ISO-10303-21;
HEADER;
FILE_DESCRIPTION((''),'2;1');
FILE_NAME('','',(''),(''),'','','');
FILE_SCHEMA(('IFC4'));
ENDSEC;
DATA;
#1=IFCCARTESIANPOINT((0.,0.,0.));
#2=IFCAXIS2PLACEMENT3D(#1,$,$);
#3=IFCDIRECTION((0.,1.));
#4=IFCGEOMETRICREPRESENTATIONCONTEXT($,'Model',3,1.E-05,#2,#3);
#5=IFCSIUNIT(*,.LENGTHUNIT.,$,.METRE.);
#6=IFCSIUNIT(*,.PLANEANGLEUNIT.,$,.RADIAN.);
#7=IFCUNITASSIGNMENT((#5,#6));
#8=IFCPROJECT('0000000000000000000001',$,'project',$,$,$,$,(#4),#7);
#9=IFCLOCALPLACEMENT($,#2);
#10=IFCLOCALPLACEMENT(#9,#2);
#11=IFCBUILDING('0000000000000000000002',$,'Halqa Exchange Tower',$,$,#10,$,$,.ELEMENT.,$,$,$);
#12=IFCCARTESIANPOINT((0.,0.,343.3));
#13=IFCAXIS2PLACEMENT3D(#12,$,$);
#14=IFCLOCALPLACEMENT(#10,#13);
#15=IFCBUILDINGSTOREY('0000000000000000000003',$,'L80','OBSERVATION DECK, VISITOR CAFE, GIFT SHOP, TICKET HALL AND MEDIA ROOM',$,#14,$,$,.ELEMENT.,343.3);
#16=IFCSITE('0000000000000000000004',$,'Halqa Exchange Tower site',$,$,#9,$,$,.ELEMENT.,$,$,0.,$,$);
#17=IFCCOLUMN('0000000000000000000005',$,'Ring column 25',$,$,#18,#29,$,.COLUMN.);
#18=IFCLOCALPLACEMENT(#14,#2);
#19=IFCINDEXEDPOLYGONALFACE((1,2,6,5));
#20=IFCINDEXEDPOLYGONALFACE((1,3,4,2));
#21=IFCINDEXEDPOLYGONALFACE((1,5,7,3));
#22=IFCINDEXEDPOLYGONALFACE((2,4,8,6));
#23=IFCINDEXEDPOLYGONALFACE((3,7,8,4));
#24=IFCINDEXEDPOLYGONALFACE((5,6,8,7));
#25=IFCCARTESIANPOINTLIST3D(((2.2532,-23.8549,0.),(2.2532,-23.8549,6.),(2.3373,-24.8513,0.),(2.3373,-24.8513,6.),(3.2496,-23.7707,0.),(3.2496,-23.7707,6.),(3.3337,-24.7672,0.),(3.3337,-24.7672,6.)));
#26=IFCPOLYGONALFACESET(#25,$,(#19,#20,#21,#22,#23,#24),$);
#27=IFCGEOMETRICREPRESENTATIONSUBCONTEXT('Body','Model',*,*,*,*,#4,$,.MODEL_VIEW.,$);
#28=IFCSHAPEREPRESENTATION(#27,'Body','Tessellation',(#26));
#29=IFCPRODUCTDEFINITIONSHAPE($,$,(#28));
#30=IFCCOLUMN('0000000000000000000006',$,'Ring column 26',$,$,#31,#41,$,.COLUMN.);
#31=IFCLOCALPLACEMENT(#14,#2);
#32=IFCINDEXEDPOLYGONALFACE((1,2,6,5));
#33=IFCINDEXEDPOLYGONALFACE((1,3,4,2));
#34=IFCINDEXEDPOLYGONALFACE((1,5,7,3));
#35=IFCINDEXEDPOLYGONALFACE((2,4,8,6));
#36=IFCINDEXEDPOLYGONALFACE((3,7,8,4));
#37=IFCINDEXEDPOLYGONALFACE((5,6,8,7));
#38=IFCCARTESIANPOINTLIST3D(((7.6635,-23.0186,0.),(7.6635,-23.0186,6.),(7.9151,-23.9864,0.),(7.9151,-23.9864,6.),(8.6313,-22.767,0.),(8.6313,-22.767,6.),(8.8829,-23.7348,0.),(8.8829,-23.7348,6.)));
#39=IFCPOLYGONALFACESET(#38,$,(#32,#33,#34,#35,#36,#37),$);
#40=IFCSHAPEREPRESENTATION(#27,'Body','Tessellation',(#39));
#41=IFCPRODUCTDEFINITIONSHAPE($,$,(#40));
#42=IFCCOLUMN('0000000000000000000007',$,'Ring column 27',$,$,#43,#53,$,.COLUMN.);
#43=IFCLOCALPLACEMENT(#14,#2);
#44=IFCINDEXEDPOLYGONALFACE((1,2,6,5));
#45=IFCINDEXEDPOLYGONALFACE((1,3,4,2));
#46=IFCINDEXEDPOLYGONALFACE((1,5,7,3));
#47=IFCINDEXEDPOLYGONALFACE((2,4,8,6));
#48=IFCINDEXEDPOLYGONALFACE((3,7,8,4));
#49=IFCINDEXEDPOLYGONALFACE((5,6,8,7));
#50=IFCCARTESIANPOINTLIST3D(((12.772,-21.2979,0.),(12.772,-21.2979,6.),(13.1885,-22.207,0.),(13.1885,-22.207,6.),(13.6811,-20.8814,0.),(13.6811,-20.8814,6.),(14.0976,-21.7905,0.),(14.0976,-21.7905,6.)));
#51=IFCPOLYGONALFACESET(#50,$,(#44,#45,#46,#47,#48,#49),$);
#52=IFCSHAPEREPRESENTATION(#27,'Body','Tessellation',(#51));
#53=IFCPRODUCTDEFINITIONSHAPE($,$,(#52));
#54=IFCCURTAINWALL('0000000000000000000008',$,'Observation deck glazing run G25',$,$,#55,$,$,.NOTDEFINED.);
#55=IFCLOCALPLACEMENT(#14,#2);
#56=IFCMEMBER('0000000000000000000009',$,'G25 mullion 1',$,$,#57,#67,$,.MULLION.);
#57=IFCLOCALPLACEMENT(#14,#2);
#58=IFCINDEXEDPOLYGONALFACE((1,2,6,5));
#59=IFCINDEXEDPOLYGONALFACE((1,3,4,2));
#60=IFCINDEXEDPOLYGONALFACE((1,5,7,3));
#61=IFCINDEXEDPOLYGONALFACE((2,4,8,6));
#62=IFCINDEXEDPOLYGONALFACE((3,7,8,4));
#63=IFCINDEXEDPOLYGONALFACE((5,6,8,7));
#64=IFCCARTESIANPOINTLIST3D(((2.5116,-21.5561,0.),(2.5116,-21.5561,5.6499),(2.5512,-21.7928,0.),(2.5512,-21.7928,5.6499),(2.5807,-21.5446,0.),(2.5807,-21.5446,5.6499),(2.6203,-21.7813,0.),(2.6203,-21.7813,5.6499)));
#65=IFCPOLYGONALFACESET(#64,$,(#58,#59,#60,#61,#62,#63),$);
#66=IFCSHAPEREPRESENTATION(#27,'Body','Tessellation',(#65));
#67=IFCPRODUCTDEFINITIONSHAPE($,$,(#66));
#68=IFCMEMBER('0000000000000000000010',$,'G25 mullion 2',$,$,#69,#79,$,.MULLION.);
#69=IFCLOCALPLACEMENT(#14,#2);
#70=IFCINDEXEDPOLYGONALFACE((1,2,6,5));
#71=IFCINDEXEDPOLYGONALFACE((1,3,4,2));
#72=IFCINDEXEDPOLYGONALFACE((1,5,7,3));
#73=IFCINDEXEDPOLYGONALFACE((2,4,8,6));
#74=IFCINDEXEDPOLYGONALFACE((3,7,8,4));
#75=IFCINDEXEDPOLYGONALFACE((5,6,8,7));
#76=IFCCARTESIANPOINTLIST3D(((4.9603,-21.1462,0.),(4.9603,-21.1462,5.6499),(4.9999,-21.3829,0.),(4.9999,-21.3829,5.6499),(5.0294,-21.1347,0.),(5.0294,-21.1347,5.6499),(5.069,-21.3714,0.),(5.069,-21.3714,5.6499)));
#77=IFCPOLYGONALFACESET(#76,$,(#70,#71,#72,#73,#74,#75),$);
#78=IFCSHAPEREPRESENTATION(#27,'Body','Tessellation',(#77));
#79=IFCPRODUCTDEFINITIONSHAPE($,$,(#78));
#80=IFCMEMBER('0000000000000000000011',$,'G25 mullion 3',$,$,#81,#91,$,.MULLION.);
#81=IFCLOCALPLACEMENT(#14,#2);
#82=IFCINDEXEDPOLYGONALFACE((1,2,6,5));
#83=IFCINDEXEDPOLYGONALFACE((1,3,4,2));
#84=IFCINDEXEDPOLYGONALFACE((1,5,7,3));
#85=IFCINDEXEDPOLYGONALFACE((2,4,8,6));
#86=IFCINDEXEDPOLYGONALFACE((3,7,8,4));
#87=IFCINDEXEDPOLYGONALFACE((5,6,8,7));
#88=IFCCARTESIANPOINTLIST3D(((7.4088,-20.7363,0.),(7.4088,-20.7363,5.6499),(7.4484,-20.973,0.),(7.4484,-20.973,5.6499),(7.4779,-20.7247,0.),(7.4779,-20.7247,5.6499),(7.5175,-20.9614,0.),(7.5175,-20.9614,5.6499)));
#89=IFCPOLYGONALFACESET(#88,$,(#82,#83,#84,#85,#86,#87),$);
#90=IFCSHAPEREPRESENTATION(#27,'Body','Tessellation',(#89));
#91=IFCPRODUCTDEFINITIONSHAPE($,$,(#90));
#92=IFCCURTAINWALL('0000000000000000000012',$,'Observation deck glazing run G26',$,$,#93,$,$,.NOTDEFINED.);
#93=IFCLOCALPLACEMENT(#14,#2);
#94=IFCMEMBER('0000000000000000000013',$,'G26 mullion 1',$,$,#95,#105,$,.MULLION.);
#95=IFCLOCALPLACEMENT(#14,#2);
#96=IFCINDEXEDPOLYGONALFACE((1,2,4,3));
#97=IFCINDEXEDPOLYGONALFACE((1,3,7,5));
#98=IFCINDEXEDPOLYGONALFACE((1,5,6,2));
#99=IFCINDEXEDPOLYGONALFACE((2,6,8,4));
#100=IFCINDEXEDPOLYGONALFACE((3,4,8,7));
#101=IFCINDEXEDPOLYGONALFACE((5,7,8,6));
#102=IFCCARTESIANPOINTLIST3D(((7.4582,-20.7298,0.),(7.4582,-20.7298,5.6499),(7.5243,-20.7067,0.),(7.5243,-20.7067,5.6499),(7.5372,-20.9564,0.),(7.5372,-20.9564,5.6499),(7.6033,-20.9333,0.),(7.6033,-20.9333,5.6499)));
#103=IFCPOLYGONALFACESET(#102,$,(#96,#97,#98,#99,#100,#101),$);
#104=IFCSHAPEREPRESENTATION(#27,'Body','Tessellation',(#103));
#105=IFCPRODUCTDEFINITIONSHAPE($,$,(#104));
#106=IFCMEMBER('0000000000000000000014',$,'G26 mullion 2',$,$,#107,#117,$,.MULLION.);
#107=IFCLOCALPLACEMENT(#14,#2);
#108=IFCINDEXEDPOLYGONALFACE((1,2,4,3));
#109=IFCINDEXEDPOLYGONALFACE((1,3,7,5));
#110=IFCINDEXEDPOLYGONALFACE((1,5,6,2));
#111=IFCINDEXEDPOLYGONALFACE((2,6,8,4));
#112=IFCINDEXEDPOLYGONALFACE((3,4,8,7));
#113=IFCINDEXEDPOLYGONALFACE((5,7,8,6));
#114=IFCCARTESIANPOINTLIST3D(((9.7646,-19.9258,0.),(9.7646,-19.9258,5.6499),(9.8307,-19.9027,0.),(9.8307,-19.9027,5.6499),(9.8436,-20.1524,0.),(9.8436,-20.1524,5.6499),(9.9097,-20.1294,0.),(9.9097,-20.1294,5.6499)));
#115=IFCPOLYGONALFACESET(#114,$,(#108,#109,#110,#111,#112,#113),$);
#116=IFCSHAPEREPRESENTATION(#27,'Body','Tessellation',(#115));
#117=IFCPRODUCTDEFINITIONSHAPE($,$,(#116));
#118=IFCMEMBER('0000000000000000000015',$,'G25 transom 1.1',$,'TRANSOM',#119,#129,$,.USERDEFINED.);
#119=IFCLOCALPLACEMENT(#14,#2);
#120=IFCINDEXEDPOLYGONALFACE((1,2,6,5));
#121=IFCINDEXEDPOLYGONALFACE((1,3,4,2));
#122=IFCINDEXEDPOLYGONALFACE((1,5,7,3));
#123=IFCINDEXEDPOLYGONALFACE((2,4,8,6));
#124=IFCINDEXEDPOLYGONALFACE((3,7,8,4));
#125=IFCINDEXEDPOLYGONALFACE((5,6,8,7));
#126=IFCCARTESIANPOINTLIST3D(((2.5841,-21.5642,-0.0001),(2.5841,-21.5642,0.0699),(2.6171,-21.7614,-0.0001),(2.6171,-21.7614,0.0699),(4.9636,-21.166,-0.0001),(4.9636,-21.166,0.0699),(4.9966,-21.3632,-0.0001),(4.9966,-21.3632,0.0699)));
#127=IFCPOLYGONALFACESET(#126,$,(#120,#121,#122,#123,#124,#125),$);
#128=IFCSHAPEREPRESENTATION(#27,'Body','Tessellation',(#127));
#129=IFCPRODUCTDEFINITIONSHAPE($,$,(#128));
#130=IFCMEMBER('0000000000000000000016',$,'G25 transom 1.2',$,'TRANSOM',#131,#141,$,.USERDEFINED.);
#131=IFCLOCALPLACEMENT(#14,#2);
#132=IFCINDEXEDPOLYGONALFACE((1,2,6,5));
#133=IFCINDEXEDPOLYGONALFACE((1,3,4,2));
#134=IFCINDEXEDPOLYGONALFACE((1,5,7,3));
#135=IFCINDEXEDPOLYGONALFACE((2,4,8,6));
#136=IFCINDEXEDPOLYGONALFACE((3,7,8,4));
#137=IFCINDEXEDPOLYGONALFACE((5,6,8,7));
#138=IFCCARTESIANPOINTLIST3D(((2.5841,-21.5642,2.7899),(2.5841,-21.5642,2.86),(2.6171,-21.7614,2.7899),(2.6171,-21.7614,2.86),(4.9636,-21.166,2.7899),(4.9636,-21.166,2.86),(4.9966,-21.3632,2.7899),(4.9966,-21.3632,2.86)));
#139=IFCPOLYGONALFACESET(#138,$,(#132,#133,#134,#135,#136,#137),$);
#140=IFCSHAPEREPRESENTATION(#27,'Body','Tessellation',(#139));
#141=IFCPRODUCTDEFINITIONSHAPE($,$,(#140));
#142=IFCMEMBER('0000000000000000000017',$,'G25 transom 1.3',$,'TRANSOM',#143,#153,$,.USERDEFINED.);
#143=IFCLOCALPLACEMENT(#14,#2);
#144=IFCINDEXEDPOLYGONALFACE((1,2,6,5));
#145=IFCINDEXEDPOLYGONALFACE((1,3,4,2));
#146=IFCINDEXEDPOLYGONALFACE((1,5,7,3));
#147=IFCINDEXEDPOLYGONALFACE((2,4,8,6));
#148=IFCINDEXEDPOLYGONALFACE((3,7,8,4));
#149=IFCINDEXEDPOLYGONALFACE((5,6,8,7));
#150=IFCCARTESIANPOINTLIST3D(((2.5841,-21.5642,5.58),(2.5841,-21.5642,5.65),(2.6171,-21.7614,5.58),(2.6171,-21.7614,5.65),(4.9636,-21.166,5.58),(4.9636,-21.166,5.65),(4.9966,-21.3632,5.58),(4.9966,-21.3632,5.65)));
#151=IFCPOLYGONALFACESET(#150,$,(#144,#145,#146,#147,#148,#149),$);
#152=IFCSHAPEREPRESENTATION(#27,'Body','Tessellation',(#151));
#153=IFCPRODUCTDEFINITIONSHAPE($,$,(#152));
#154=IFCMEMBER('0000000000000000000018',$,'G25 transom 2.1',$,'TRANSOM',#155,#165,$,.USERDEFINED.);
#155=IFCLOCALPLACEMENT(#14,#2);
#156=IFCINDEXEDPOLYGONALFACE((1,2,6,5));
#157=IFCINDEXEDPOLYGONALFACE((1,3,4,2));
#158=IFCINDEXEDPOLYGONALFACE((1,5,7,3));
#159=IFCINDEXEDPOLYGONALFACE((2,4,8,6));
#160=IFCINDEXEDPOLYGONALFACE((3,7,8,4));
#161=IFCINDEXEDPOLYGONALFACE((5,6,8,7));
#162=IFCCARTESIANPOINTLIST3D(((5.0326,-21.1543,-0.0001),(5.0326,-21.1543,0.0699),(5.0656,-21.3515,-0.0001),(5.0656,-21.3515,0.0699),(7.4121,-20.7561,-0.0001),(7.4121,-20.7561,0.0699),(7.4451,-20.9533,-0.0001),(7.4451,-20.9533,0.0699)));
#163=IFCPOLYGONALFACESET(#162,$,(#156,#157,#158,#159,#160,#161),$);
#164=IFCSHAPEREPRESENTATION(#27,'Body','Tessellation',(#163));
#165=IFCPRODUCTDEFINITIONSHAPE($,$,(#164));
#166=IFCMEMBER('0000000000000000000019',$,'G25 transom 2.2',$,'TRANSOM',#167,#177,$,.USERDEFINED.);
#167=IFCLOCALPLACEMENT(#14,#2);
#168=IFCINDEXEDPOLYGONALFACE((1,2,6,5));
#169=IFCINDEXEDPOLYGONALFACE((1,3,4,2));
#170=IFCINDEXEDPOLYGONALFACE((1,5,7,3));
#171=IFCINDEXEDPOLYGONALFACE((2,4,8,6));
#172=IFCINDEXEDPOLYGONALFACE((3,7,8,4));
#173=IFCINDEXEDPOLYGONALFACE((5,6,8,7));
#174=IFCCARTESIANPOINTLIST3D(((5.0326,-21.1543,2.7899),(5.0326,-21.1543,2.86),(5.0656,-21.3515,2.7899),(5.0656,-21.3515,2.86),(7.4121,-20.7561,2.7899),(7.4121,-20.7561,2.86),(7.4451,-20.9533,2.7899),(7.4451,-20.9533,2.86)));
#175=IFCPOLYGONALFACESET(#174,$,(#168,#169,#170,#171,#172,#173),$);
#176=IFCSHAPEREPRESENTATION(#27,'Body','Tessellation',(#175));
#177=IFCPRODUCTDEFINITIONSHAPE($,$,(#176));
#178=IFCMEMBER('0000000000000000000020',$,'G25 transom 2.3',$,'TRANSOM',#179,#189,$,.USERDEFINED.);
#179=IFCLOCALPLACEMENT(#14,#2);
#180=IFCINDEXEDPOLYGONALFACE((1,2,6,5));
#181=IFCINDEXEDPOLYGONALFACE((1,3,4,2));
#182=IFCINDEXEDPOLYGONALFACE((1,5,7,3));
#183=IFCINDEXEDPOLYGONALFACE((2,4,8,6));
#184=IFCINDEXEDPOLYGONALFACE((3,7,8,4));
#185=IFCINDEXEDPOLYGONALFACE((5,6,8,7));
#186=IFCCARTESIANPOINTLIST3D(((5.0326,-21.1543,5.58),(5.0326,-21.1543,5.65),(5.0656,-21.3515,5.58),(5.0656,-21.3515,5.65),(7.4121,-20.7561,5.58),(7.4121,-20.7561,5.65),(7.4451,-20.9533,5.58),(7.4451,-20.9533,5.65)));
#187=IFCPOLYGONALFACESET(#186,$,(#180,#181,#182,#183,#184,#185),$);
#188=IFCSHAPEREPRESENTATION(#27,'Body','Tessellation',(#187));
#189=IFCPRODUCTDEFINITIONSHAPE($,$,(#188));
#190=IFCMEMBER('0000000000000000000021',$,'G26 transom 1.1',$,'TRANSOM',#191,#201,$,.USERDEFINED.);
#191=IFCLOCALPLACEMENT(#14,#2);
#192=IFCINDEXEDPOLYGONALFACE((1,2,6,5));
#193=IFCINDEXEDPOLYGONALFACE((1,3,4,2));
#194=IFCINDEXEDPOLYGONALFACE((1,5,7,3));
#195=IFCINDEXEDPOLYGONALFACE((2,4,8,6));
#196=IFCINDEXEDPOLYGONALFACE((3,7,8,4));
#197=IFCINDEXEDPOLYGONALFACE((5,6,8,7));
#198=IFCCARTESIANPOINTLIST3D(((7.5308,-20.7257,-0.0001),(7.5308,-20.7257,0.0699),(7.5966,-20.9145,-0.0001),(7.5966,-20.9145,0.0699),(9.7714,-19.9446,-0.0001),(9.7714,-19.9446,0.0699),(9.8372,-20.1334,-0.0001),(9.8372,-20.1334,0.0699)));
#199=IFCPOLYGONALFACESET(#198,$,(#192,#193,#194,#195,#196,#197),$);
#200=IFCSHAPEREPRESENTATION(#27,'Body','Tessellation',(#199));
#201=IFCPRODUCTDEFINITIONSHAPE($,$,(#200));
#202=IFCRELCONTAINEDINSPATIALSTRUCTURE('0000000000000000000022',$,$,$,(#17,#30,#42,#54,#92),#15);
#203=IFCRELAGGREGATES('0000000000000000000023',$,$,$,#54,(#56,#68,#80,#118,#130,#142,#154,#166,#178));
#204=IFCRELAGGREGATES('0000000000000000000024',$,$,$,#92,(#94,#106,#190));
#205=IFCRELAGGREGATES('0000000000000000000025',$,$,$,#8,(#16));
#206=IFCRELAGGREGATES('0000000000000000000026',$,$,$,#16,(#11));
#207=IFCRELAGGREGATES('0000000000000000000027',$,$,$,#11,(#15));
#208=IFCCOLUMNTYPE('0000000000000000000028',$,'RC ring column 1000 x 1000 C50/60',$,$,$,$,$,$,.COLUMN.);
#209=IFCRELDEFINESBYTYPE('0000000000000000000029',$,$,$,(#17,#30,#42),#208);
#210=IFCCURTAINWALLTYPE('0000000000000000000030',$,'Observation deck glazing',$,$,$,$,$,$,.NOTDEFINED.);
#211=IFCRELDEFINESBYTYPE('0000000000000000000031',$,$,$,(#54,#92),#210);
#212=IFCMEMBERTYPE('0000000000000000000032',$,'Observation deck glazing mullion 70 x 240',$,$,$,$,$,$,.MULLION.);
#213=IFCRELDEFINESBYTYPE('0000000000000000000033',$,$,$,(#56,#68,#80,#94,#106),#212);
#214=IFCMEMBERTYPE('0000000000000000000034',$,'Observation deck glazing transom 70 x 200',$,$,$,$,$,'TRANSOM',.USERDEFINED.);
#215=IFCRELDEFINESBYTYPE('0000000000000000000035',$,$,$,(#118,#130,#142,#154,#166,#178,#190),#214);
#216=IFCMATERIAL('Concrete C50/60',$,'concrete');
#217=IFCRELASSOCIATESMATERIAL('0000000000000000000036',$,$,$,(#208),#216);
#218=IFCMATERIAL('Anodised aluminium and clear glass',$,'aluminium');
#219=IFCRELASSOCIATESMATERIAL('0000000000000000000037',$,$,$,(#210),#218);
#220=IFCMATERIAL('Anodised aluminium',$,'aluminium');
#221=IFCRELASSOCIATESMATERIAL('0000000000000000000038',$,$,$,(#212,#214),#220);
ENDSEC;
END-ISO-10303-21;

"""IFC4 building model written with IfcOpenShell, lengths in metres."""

from ifc_helpers import new_model, si_unit, direction, frame, origin, origin_2d, place, context, subcontext, project, spatial, rectangle, extrude, material, material_profile, profile_set, type_object, element, aggregate, save


model = new_model("IFC4")

# Units and contexts
model_context = context("Model", 3, precision=1e-05, world=origin(), true_north=direction((0.0, 1.0)))
body_context = subcontext(model_context, "Body", "Model", "MODEL_VIEW")
ifc_project = project(units=[si_unit("LENGTHUNIT", "METRE"), si_unit("PLANEANGLEUNIT", "RADIAN")], contexts=[model_context])

# Site, building, storey
site_placement = place(None, origin())
site = spatial("IfcSite", under=ifc_project, at=site_placement, Name="Halqa Exchange Tower site", CompositionType="ELEMENT", RefElevation=0.0)
building_placement = place(site_placement, origin())
building = spatial("IfcBuilding", under=site, at=building_placement, Name="Halqa Exchange Tower", CompositionType="ELEMENT")
storey_placement = place(building_placement, frame((0.0, 0.0, 343.3)))
storey = spatial("IfcBuildingStorey", under=building, at=storey_placement, Name="L80", Description="OBSERVATION DECK, VISITOR CAFE, GIFT SHOP, TICKET HALL AND MEDIA ROOM", CompositionType="ELEMENT", Elevation=343.3)

# Columns
ifc_material_1 = material(Name="Concrete C50/60", Category="concrete")
ifc_material_profile_1 = material_profile(ifc_material_1, rectangle(XDim=1.0, YDim=1.0, at=origin_2d()), Name="1000 x 1000")
ifc_profile_set_1 = profile_set([ifc_material_profile_1], Name="Concrete C50/60")
column_type = type_object("IfcColumnType", Name="RC ring column 1000 x 1000 C50/60", PredefinedType="COLUMN", material=ifc_profile_set_1)
for number, where, z_axis, x_axis, name in (
    (1, (2.7935, -24.311, 0.0), (0.0, 0.0, 1.0), (0.996455, 0.084127, 0.0), "Ring column 25"),
    (2, (8.2732, -23.3767, 0.0), (0.0, 0.0, 1.0), (0.967819, 0.251647, 0.0), "Ring column 26"),
    (3, (13.4348, -21.5442, 0.0), (0.0, 0.0, 1.0), (0.909129, 0.416516, 0.0), "Ring column 27"),
):
    element("IfcColumn", number, at=place(storey_placement, frame(where, z_axis=z_axis, x_axis=x_axis)), inside=storey, type_object=column_type, Name=name, PredefinedType="COLUMN", context=body_context, shape_type="SweptSolid", body=[
        extrude(rectangle(XDim=1.0, YDim=1.0, at=origin_2d()), origin(), (0.0, 0.0, 1.0), 6.0),
    ])

# Curtain walls, members
ifc_material_2 = material(Name="Anodised aluminium and clear glass", Category="aluminium")
curtain_wall_type = type_object("IfcCurtainWallType", Name="Observation deck glazing", PredefinedType="NOTDEFINED", material=ifc_material_2)
curtain_wall_1_placement = place(storey_placement, origin())
curtain_wall_1 = element("IfcCurtainWall", 4, at=curtain_wall_1_placement, inside=storey, type_object=curtain_wall_type, Name="Observation deck glazing run G25", PredefinedType="NOTDEFINED")
ifc_material_3 = material(Name="Anodised aluminium", Category="aluminium")
ifc_material_profile_2 = material_profile(ifc_material_3, rectangle(XDim=0.24, YDim=0.0701, at=origin_2d()), Name="AL 70x240")
ifc_profile_set_2 = profile_set([ifc_material_profile_2], Name="Anodised aluminium")
member_type_1 = type_object("IfcMemberType", Name="Observation deck glazing mullion 70 x 240", PredefinedType="MULLION", material=ifc_profile_set_2)
member_1_placement = place(storey_placement, frame((2.5659, -21.6687, 0.0), z_axis=(0.0, 0.0, 1.0), x_axis=(-0.165117, 0.986274, 0.0)))
member_1 = element("IfcMember", 5, at=member_1_placement, type_object=member_type_1, Name="G25 mullion 1", PredefinedType="MULLION", context=body_context, shape_type="SweptSolid", body=[
    extrude(rectangle(XDim=0.24, YDim=0.0701, at=origin_2d()), origin(), (0.0, 0.0, 1.0), 5.6499),
])
member_2_placement = place(storey_placement, frame((5.0146, -21.2588, 0.0), z_axis=(0.0, 0.0, 1.0), x_axis=(-0.165117, 0.986274, 0.0)))
member_2 = element("IfcMember", 6, at=member_2_placement, type_object=member_type_1, Name="G25 mullion 2", PredefinedType="MULLION", context=body_context, shape_type="SweptSolid", body=[
    extrude(rectangle(XDim=0.24, YDim=0.0701, at=origin_2d()), origin(), (0.0, 0.0, 1.0), 5.6499),
])
member_3_placement = place(storey_placement, frame((7.4631, -20.8489, 0.0), z_axis=(0.0, 0.0, 1.0), x_axis=(-0.165117, 0.986274, 0.0)))
member_3 = element("IfcMember", 7, at=member_3_placement, type_object=member_type_1, Name="G25 mullion 3", PredefinedType="MULLION", context=body_context, shape_type="SweptSolid", body=[
    extrude(rectangle(XDim=0.24, YDim=0.0701, at=origin_2d()), origin(), (0.0, 0.0, 1.0), 5.6499),
])
curtain_wall_2_placement = place(storey_placement, origin())
curtain_wall_2 = element("IfcCurtainWall", 8, at=curtain_wall_2_placement, inside=storey, type_object=curtain_wall_type, Name="Observation deck glazing run G26", PredefinedType="NOTDEFINED")
member_4_placement = place(storey_placement, frame((7.5308, -20.8315, 0.0), z_axis=(0.0, 0.0, 1.0), x_axis=(-0.32916, 0.944274, 0.0)))
member_4 = element("IfcMember", 9, at=member_4_placement, type_object=member_type_1, Name="G26 mullion 1", PredefinedType="MULLION", context=body_context, shape_type="SweptSolid", body=[
    extrude(rectangle(XDim=0.24, YDim=0.0701, at=origin_2d()), origin(), (0.0, 0.0, 1.0), 5.6499),
])
member_5_placement = place(storey_placement, frame((9.8372, -20.0276, 0.0), z_axis=(0.0, 0.0, 1.0), x_axis=(-0.32916, 0.944274, 0.0)))
member_5 = element("IfcMember", 10, at=member_5_placement, type_object=member_type_1, Name="G26 mullion 2", PredefinedType="MULLION", context=body_context, shape_type="SweptSolid", body=[
    extrude(rectangle(XDim=0.24, YDim=0.0701, at=origin_2d()), origin(), (0.0, 0.0, 1.0), 5.6499),
])

# Members
ifc_material_profile_3 = material_profile(ifc_material_3, rectangle(XDim=0.2, YDim=0.0701, at=origin_2d()), Name="AL 70x200")
ifc_profile_set_3 = profile_set([ifc_material_profile_3], Name="Anodised aluminium")
member_type_2 = type_object("IfcMemberType", Name="Observation deck glazing transom 70 x 200", ElementType="TRANSOM", PredefinedType="USERDEFINED", material=ifc_profile_set_3)
member_6_placement = place(storey_placement, frame((2.6006, -21.6628, 0.0349), z_axis=(0.986284, 0.165055, 0.0), x_axis=(-0.165055, 0.986284, 0.0)))
member_6 = element("IfcMember", 11, at=member_6_placement, type_object=member_type_2, Name="G25 transom 1.1", ObjectType="TRANSOM", PredefinedType="USERDEFINED", context=body_context, shape_type="SweptSolid", body=[
    extrude(rectangle(XDim=0.2, YDim=0.0701, at=origin_2d()), origin(), (0.0, 0.0, 1.0), 2.4126),
])
member_7_placement = place(storey_placement, frame((2.6006, -21.6628, 2.825), z_axis=(0.986284, 0.165055, 0.0), x_axis=(-0.165055, 0.986284, 0.0)))
member_7 = element("IfcMember", 12, at=member_7_placement, type_object=member_type_2, Name="G25 transom 1.2", ObjectType="TRANSOM", PredefinedType="USERDEFINED", context=body_context, shape_type="SweptSolid", body=[
    extrude(rectangle(XDim=0.2, YDim=0.0701, at=origin_2d()), origin(), (0.0, 0.0, 1.0), 2.4126),
])
member_8_placement = place(storey_placement, frame((2.6006, -21.6628, 5.615), z_axis=(0.986284, 0.165055, 0.0), x_axis=(-0.165055, 0.986284, 0.0)))
member_8 = element("IfcMember", 13, at=member_8_placement, type_object=member_type_2, Name="G25 transom 1.3", ObjectType="TRANSOM", PredefinedType="USERDEFINED", context=body_context, shape_type="SweptSolid", body=[
    extrude(rectangle(XDim=0.2, YDim=0.0701, at=origin_2d()), origin(), (0.0, 0.0, 1.0), 2.4126),
])
member_9_placement = place(storey_placement, frame((5.0491, -21.2529, 0.0349), z_axis=(0.986284, 0.165055, 0.0), x_axis=(-0.165055, 0.986284, 0.0)))
member_9 = element("IfcMember", 14, at=member_9_placement, type_object=member_type_2, Name="G25 transom 2.1", ObjectType="TRANSOM", PredefinedType="USERDEFINED", context=body_context, shape_type="SweptSolid", body=[
    extrude(rectangle(XDim=0.2, YDim=0.0701, at=origin_2d()), origin(), (0.0, 0.0, 1.0), 2.4126),
])
member_10_placement = place(storey_placement, frame((5.0491, -21.2529, 2.825), z_axis=(0.986284, 0.165055, 0.0), x_axis=(-0.165055, 0.986284, 0.0)))
member_10 = element("IfcMember", 15, at=member_10_placement, type_object=member_type_2, Name="G25 transom 2.2", ObjectType="TRANSOM", PredefinedType="USERDEFINED", context=body_context, shape_type="SweptSolid", body=[
    extrude(rectangle(XDim=0.2, YDim=0.0701, at=origin_2d()), origin(), (0.0, 0.0, 1.0), 2.4126),
])
member_11_placement = place(storey_placement, frame((5.0491, -21.2529, 5.615), z_axis=(0.986284, 0.165055, 0.0), x_axis=(-0.165055, 0.986284, 0.0)))
member_11 = element("IfcMember", 16, at=member_11_placement, type_object=member_type_2, Name="G25 transom 2.3", ObjectType="TRANSOM", PredefinedType="USERDEFINED", context=body_context, shape_type="SweptSolid", body=[
    extrude(rectangle(XDim=0.2, YDim=0.0701, at=origin_2d()), origin(), (0.0, 0.0, 1.0), 2.4126),
])
member_12_placement = place(storey_placement, frame((7.5637, -20.8201, 0.0349), z_axis=(0.944273, 0.329163, 0.0), x_axis=(-0.329163, 0.944273, 0.0)))
member_12 = element("IfcMember", 17, at=member_12_placement, type_object=member_type_2, Name="G26 transom 1.1", ObjectType="TRANSOM", PredefinedType="USERDEFINED", context=body_context, shape_type="SweptSolid", body=[
    extrude(rectangle(XDim=0.2, YDim=0.0701, at=origin_2d()), origin(), (0.0, 0.0, 1.0), 2.3728),
])

aggregate(curtain_wall_1, [member_1, member_2, member_3, member_6, member_7, member_8, member_9, member_10, member_11])
aggregate(curtain_wall_2, [member_4, member_5, member_12])

save(model, "model.ifc")
